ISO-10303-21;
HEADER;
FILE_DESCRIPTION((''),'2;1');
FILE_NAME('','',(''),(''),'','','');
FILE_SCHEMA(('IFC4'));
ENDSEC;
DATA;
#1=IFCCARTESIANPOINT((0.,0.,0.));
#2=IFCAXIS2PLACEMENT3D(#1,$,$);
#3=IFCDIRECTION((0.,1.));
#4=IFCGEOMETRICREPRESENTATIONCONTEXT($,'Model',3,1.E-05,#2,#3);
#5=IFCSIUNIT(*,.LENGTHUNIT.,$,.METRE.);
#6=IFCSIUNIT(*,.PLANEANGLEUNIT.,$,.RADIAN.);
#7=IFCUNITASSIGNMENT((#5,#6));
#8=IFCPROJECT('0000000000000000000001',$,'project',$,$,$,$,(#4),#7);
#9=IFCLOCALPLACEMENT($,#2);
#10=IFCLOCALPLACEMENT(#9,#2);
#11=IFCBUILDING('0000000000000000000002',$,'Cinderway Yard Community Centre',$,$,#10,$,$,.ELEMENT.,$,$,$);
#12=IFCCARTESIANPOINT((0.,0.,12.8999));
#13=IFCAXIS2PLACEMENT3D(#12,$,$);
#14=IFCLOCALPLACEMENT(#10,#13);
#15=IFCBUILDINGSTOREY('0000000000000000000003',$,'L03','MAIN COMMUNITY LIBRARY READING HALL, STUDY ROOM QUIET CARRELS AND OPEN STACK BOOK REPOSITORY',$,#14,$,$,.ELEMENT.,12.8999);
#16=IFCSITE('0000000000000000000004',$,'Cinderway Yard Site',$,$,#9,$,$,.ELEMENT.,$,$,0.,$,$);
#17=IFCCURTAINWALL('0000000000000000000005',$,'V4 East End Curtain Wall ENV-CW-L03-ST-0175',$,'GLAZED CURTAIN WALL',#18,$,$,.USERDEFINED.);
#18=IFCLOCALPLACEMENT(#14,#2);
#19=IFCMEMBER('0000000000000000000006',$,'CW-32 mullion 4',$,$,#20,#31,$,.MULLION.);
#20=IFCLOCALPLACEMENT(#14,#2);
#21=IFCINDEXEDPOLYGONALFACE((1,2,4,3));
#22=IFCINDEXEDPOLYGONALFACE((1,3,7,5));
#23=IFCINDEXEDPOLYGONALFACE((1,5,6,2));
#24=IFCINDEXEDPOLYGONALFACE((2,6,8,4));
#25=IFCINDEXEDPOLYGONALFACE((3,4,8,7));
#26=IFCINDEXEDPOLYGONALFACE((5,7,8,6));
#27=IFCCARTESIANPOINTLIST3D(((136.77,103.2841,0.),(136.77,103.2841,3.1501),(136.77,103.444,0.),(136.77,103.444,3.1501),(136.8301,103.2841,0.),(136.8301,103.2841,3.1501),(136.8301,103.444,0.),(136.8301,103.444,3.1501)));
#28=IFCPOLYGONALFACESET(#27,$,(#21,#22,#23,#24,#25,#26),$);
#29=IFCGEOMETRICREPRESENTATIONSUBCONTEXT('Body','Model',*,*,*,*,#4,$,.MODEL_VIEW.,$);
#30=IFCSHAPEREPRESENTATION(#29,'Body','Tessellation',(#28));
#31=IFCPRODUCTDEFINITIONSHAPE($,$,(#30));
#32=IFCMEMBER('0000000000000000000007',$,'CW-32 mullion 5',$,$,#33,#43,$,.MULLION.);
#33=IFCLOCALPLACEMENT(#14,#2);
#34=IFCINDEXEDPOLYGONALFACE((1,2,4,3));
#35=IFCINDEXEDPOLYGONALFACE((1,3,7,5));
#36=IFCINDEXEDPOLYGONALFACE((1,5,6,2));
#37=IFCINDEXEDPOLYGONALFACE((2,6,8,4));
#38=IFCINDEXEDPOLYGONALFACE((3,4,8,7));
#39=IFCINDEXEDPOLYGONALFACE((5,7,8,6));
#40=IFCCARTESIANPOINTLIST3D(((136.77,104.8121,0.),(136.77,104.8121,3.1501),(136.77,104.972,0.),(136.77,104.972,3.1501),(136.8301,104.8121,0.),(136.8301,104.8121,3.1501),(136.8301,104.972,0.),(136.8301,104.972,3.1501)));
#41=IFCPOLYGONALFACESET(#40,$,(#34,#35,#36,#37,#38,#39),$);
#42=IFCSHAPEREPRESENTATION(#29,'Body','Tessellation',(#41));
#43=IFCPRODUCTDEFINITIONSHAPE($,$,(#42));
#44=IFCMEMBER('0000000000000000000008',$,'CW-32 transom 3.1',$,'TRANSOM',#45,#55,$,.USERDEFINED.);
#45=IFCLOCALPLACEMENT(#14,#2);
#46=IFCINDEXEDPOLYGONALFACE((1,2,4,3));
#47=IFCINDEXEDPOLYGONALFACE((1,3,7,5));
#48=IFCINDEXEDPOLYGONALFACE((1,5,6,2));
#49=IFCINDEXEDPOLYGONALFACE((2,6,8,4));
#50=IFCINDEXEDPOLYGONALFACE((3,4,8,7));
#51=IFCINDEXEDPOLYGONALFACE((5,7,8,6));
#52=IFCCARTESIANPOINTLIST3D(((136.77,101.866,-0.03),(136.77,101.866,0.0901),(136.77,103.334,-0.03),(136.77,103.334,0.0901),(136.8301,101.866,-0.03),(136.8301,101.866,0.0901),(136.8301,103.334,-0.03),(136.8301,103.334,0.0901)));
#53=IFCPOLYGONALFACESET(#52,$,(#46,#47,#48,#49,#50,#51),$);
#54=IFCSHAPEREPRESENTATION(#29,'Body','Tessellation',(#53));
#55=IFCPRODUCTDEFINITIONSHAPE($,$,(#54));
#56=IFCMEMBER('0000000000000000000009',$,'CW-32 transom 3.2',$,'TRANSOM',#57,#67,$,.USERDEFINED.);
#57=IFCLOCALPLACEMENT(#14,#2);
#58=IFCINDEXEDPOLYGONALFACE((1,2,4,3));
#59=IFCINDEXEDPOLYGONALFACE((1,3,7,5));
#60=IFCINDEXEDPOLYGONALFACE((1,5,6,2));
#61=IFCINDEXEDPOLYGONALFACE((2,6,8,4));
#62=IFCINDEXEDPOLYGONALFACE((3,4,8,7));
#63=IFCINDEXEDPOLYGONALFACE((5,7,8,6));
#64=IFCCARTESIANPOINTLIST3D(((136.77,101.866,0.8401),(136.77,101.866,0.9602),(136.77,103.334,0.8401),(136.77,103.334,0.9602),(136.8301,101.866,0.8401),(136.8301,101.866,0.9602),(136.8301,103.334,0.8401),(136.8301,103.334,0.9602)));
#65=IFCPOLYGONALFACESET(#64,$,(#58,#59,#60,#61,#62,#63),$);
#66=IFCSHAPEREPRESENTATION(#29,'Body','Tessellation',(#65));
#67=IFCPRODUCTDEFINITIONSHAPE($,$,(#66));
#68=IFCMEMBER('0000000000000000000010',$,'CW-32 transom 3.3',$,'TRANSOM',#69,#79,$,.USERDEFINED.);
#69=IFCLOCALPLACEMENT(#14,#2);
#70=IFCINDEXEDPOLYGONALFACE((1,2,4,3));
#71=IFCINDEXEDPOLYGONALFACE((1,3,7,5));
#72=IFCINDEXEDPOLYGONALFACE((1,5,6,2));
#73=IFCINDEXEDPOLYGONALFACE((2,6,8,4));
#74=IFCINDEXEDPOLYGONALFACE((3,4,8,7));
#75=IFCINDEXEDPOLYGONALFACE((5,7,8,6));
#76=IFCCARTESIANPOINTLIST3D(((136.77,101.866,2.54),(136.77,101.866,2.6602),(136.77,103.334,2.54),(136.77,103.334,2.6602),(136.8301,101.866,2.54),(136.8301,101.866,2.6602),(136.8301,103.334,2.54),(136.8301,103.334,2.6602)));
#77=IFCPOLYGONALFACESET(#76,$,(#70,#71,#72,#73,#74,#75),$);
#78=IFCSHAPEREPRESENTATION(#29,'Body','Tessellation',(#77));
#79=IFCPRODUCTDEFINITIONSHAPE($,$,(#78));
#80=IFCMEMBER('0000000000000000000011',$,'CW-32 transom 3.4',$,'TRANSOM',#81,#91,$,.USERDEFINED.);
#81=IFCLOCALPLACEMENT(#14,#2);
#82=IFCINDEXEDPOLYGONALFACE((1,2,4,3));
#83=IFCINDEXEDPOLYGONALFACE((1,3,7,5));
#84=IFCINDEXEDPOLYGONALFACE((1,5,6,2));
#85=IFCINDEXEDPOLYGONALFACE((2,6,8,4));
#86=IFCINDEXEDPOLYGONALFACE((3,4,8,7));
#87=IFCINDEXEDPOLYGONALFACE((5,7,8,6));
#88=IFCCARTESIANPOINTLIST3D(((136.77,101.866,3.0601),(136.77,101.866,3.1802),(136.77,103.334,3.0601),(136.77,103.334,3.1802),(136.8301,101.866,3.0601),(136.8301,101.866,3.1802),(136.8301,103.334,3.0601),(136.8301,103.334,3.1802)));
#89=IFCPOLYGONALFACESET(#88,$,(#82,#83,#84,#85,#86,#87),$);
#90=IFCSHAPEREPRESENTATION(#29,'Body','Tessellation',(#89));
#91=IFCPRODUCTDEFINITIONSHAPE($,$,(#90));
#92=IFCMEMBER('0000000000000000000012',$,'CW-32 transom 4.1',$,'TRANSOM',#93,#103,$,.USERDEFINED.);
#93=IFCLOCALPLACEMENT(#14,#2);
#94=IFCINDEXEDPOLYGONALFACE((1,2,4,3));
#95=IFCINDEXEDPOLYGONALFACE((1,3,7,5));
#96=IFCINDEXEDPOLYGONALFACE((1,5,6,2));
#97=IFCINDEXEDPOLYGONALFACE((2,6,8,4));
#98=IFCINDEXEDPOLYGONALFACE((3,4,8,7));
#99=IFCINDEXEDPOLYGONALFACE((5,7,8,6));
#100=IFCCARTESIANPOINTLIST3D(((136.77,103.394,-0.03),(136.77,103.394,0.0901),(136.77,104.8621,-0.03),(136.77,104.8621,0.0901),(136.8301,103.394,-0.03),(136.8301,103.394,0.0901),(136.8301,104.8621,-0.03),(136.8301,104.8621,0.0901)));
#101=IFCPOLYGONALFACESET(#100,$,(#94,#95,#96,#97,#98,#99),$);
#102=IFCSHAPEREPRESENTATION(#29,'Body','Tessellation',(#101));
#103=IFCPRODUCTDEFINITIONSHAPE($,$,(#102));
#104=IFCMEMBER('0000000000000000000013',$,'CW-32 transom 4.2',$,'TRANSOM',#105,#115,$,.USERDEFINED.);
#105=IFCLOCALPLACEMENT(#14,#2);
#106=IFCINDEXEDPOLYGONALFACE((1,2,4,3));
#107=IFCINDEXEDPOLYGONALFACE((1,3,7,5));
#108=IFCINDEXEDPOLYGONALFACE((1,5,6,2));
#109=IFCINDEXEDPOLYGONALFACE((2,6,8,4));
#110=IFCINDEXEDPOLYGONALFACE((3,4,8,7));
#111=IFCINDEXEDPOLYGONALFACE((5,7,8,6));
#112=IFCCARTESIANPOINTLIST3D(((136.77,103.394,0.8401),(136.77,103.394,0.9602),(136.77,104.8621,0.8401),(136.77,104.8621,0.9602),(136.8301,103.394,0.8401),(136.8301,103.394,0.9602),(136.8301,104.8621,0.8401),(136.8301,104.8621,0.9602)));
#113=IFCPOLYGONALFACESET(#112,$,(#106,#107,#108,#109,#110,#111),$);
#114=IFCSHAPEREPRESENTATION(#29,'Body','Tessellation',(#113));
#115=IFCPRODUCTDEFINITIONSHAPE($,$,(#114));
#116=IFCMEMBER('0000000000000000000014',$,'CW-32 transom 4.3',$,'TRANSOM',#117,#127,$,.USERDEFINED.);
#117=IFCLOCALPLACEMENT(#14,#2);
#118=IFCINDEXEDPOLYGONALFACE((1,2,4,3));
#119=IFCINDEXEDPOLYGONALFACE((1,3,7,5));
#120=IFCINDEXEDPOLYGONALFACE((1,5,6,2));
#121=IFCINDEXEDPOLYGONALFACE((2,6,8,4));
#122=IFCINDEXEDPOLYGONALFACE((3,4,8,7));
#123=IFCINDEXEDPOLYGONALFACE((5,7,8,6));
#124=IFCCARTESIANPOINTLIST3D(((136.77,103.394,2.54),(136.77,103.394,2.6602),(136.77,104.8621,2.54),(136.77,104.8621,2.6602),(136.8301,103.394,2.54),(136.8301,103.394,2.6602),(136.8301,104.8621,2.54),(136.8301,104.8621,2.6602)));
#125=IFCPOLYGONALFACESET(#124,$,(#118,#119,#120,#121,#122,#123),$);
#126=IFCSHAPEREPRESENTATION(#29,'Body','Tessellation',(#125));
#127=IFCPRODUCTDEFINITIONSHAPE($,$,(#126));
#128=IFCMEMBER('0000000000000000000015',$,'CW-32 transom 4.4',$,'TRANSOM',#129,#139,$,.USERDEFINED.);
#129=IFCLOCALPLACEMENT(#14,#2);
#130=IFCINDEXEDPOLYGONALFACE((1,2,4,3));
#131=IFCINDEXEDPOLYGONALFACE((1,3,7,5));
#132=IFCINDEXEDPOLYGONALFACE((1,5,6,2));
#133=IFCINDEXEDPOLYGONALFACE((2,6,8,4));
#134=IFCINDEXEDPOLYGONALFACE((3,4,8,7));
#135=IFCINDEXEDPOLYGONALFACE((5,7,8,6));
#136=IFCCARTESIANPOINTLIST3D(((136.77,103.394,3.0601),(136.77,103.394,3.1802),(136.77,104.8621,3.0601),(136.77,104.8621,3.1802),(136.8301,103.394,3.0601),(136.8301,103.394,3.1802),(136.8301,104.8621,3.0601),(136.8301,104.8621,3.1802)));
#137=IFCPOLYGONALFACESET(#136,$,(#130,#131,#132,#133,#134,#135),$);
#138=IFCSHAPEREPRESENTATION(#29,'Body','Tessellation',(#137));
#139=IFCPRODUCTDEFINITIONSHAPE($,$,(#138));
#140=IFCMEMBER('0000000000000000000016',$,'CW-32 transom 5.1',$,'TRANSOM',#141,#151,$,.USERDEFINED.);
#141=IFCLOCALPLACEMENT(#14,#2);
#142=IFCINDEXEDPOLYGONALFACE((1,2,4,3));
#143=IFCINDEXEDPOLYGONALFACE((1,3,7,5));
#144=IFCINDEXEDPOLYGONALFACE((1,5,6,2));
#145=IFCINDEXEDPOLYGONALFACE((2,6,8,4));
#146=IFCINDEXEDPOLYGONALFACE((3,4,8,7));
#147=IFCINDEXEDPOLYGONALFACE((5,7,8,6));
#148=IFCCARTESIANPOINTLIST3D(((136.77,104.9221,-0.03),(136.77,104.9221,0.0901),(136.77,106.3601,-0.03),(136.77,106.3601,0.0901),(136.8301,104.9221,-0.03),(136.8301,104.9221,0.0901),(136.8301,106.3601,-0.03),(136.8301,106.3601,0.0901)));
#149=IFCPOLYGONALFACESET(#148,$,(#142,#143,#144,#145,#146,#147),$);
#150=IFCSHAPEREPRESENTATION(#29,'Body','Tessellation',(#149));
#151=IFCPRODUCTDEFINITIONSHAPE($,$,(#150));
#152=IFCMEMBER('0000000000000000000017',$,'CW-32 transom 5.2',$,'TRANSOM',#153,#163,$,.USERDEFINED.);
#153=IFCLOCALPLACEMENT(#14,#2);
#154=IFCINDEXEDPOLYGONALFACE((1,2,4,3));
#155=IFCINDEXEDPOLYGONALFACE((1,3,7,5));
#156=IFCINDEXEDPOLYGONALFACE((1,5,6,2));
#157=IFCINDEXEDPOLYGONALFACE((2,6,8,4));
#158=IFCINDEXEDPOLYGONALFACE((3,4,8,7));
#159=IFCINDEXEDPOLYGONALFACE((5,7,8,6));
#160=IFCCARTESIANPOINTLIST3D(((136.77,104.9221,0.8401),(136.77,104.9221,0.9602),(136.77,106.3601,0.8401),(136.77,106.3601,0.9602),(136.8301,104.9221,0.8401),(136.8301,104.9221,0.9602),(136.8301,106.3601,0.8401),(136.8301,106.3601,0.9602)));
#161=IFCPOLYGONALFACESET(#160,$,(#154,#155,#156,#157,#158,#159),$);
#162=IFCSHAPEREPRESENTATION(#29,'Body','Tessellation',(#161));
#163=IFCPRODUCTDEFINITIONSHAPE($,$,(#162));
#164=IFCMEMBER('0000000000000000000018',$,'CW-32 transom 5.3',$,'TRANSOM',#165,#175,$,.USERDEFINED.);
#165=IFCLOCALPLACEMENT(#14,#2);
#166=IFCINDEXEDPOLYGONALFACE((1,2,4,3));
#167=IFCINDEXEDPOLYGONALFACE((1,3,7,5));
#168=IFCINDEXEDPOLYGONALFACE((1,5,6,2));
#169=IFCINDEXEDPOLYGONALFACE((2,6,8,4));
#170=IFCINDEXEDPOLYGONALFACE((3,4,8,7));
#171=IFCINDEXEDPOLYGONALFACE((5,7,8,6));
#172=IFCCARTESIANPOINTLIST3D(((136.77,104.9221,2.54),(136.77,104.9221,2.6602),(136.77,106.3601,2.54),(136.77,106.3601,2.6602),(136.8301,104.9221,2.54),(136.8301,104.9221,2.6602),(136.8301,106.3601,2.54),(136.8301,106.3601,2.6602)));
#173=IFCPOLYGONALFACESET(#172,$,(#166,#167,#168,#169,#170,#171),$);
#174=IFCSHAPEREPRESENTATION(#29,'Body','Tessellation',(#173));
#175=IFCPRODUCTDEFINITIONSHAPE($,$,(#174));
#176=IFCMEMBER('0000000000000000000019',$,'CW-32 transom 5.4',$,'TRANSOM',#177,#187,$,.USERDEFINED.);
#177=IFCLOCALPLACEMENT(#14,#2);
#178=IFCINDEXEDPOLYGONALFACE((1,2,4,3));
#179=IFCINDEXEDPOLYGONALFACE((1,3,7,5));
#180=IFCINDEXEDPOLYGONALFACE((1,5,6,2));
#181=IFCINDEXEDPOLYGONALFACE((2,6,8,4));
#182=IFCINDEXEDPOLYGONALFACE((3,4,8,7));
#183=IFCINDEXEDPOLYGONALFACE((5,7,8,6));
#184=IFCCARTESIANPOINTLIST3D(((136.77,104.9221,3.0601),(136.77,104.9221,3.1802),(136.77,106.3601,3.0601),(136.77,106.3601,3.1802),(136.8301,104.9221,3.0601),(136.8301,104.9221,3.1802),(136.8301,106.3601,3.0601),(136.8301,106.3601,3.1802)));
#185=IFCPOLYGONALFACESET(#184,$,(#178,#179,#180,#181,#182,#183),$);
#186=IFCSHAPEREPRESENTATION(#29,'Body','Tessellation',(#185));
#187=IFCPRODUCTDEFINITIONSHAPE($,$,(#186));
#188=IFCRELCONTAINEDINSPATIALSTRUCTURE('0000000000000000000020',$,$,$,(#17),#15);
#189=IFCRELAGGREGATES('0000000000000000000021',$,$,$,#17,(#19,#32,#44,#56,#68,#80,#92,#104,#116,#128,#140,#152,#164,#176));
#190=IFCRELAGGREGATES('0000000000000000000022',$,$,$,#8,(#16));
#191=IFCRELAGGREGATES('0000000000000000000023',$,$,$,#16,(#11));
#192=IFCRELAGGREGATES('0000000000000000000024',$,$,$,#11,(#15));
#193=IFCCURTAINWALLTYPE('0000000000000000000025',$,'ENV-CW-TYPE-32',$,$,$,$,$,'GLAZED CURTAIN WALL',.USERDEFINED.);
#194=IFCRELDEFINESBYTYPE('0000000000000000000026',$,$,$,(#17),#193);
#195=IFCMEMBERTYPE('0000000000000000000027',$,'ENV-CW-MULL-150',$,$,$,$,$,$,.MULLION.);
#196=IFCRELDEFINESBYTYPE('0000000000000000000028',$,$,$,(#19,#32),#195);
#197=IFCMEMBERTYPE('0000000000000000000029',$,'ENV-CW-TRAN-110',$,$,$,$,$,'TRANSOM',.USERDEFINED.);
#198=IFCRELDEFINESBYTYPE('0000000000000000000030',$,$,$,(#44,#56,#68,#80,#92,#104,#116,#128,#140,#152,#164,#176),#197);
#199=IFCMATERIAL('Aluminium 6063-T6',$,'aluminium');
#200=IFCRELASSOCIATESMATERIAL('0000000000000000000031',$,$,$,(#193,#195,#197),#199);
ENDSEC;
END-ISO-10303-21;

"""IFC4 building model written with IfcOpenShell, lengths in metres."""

from ifc_helpers import new_model, si_unit, direction, frame, origin, origin_2d, place, context, subcontext, project, spatial, rectangle, extrude, material, material_profile, profile_set, type_object, element, aggregate, save


model = new_model("IFC4")

# Units and contexts
model_context = context("Model", 3, precision=1e-05, world=origin(), true_north=direction((0.0, 1.0)))
body_context = subcontext(model_context, "Body", "Model", "MODEL_VIEW")
ifc_project = project(units=[si_unit("LENGTHUNIT", "METRE"), si_unit("PLANEANGLEUNIT", "RADIAN")], contexts=[model_context])

# Site, building, storey
site_placement = place(None, origin())
site = spatial("IfcSite", under=ifc_project, at=site_placement, Name="Cinderway Yard Site", CompositionType="ELEMENT", RefElevation=0.0)
building_placement = place(site_placement, origin())
building = spatial("IfcBuilding", under=site, at=building_placement, Name="Cinderway Yard Community Centre", CompositionType="ELEMENT")
storey_placement = place(building_placement, frame((0.0, 0.0, 12.8999)))
storey = spatial("IfcBuildingStorey", under=building, at=storey_placement, Name="L03", Description="MAIN COMMUNITY LIBRARY READING HALL, STUDY ROOM QUIET CARRELS AND OPEN STACK BOOK REPOSITORY", CompositionType="ELEMENT", Elevation=12.8999)

# Curtain wall, members
ifc_material_1 = material(Name="Aluminium 6063-T6", Category="aluminium")
curtain_wall_type = type_object("IfcCurtainWallType", Name="ENV-CW-TYPE-32", ElementType="GLAZED CURTAIN WALL", PredefinedType="USERDEFINED", material=ifc_material_1)
curtain_wall_placement = place(storey_placement, origin())
curtain_wall = element("IfcCurtainWall", 1, at=curtain_wall_placement, inside=storey, type_object=curtain_wall_type, Name="V4 East End Curtain Wall ENV-CW-L03-ST-0175", ObjectType="GLAZED CURTAIN WALL", PredefinedType="USERDEFINED")
ifc_material_profile_1 = material_profile(ifc_material_1, rectangle(XDim=0.0601, YDim=0.1599, at=origin_2d()), Name="Aluminium 6063-T6")
ifc_profile_set_1 = profile_set([ifc_material_profile_1], Name="Aluminium 6063-T6")
member_type_1 = type_object("IfcMemberType", Name="ENV-CW-MULL-150", PredefinedType="MULLION", material=ifc_profile_set_1)
member_1_placement = place(storey_placement, frame((136.8, 103.364, 0.0), z_axis=(0.0, 0.0, 1.0), x_axis=(-1.0, 0.0, 0.0)))
member_1 = element("IfcMember", 2, at=member_1_placement, type_object=member_type_1, Name="CW-32 mullion 4", PredefinedType="MULLION", context=body_context, shape_type="SweptSolid", body=[
    extrude(rectangle(XDim=0.0601, YDim=0.1599, at=origin_2d()), origin(), (0.0, 0.0, 1.0), 3.1501),
])
member_2_placement = place(storey_placement, frame((136.8, 104.8921, 0.0), z_axis=(0.0, 0.0, 1.0), x_axis=(-1.0, 0.0, 0.0)))
member_2 = element("IfcMember", 3, at=member_2_placement, type_object=member_type_1, Name="CW-32 mullion 5", PredefinedType="MULLION", context=body_context, shape_type="SweptSolid", body=[
    extrude(rectangle(XDim=0.0601, YDim=0.1599, at=origin_2d()), origin(), (0.0, 0.0, 1.0), 3.1501),
])
ifc_material_profile_2 = material_profile(ifc_material_1, rectangle(XDim=0.0601, YDim=0.1201, at=origin_2d()), Name="Aluminium 6063-T6")
ifc_profile_set_2 = profile_set([ifc_material_profile_2], Name="Aluminium 6063-T6")
member_type_2 = type_object("IfcMemberType", Name="ENV-CW-TRAN-110", ElementType="TRANSOM", PredefinedType="USERDEFINED", material=ifc_profile_set_2)
member_3_placement = place(storey_placement, frame((136.8, 101.866, 0.03), z_axis=(0.0, 1.0, 0.0), x_axis=(-1.0, 0.0, 0.0)))
member_3 = element("IfcMember", 4, at=member_3_placement, type_object=member_type_2, Name="CW-32 transom 3.1", ObjectType="TRANSOM", PredefinedType="USERDEFINED", context=body_context, shape_type="SweptSolid", body=[
    extrude(rectangle(XDim=0.0601, YDim=0.1201, at=origin_2d()), origin(), (0.0, 0.0, 1.0), 1.468),
])
member_4_placement = place(storey_placement, frame((136.8, 101.866, 0.9001), z_axis=(0.0, 1.0, 0.0), x_axis=(-1.0, 0.0, 0.0)))
member_4 = element("IfcMember", 5, at=member_4_placement, type_object=member_type_2, Name="CW-32 transom 3.2", ObjectType="TRANSOM", PredefinedType="USERDEFINED", context=body_context, shape_type="SweptSolid", body=[
    extrude(rectangle(XDim=0.0601, YDim=0.1201, at=origin_2d()), origin(), (0.0, 0.0, 1.0), 1.468),
])
member_5_placement = place(storey_placement, frame((136.8, 101.866, 2.6001), z_axis=(0.0, 1.0, 0.0), x_axis=(-1.0, 0.0, 0.0)))
member_5 = element("IfcMember", 6, at=member_5_placement, type_object=member_type_2, Name="CW-32 transom 3.3", ObjectType="TRANSOM", PredefinedType="USERDEFINED", context=body_context, shape_type="SweptSolid", body=[
    extrude(rectangle(XDim=0.0601, YDim=0.1201, at=origin_2d()), origin(), (0.0, 0.0, 1.0), 1.468),
])
member_6_placement = place(storey_placement, frame((136.8, 101.866, 3.1201), z_axis=(0.0, 1.0, 0.0), x_axis=(-1.0, 0.0, 0.0)))
member_6 = element("IfcMember", 7, at=member_6_placement, type_object=member_type_2, Name="CW-32 transom 3.4", ObjectType="TRANSOM", PredefinedType="USERDEFINED", context=body_context, shape_type="SweptSolid", body=[
    extrude(rectangle(XDim=0.0601, YDim=0.1201, at=origin_2d()), origin(), (0.0, 0.0, 1.0), 1.468),
])
member_7_placement = place(storey_placement, frame((136.8, 103.394, 0.03), z_axis=(0.0, 1.0, 0.0), x_axis=(-1.0, 0.0, 0.0)))
member_7 = element("IfcMember", 8, at=member_7_placement, type_object=member_type_2, Name="CW-32 transom 4.1", ObjectType="TRANSOM", PredefinedType="USERDEFINED", context=body_context, shape_type="SweptSolid", body=[
    extrude(rectangle(XDim=0.0601, YDim=0.1201, at=origin_2d()), origin(), (0.0, 0.0, 1.0), 1.468),
])
member_8_placement = place(storey_placement, frame((136.8, 103.394, 0.9001), z_axis=(0.0, 1.0, 0.0), x_axis=(-1.0, 0.0, 0.0)))
member_8 = element("IfcMember", 9, at=member_8_placement, type_object=member_type_2, Name="CW-32 transom 4.2", ObjectType="TRANSOM", PredefinedType="USERDEFINED", context=body_context, shape_type="SweptSolid", body=[
    extrude(rectangle(XDim=0.0601, YDim=0.1201, at=origin_2d()), origin(), (0.0, 0.0, 1.0), 1.468),
])
member_9_placement = place(storey_placement, frame((136.8, 103.394, 2.6001), z_axis=(0.0, 1.0, 0.0), x_axis=(-1.0, 0.0, 0.0)))
member_9 = element("IfcMember", 10, at=member_9_placement, type_object=member_type_2, Name="CW-32 transom 4.3", ObjectType="TRANSOM", PredefinedType="USERDEFINED", context=body_context, shape_type="SweptSolid", body=[
    extrude(rectangle(XDim=0.0601, YDim=0.1201, at=origin_2d()), origin(), (0.0, 0.0, 1.0), 1.468),
])
member_10_placement = place(storey_placement, frame((136.8, 103.394, 3.1201), z_axis=(0.0, 1.0, 0.0), x_axis=(-1.0, 0.0, 0.0)))
member_10 = element("IfcMember", 11, at=member_10_placement, type_object=member_type_2, Name="CW-32 transom 4.4", ObjectType="TRANSOM", PredefinedType="USERDEFINED", context=body_context, shape_type="SweptSolid", body=[
    extrude(rectangle(XDim=0.0601, YDim=0.1201, at=origin_2d()), origin(), (0.0, 0.0, 1.0), 1.468),
])
member_11_placement = place(storey_placement, frame((136.8, 104.9221, 0.03), z_axis=(0.0, 1.0, 0.0), x_axis=(-1.0, 0.0, 0.0)))
member_11 = element("IfcMember", 12, at=member_11_placement, type_object=member_type_2, Name="CW-32 transom 5.1", ObjectType="TRANSOM", PredefinedType="USERDEFINED", context=body_context, shape_type="SweptSolid", body=[
    extrude(rectangle(XDim=0.0601, YDim=0.1201, at=origin_2d()), origin(), (0.0, 0.0, 1.0), 1.438),
])
member_12_placement = place(storey_placement, frame((136.8, 104.9221, 0.9001), z_axis=(0.0, 1.0, 0.0), x_axis=(-1.0, 0.0, 0.0)))
member_12 = element("IfcMember", 13, at=member_12_placement, type_object=member_type_2, Name="CW-32 transom 5.2", ObjectType="TRANSOM", PredefinedType="USERDEFINED", context=body_context, shape_type="SweptSolid", body=[
    extrude(rectangle(XDim=0.0601, YDim=0.1201, at=origin_2d()), origin(), (0.0, 0.0, 1.0), 1.438),
])
member_13_placement = place(storey_placement, frame((136.8, 104.9221, 2.6001), z_axis=(0.0, 1.0, 0.0), x_axis=(-1.0, 0.0, 0.0)))
member_13 = element("IfcMember", 14, at=member_13_placement, type_object=member_type_2, Name="CW-32 transom 5.3", ObjectType="TRANSOM", PredefinedType="USERDEFINED", context=body_context, shape_type="SweptSolid", body=[
    extrude(rectangle(XDim=0.0601, YDim=0.1201, at=origin_2d()), origin(), (0.0, 0.0, 1.0), 1.438),
])
member_14_placement = place(storey_placement, frame((136.8, 104.9221, 3.1201), z_axis=(0.0, 1.0, 0.0), x_axis=(-1.0, 0.0, 0.0)))
member_14 = element("IfcMember", 15, at=member_14_placement, type_object=member_type_2, Name="CW-32 transom 5.4", ObjectType="TRANSOM", PredefinedType="USERDEFINED", context=body_context, shape_type="SweptSolid", body=[
    extrude(rectangle(XDim=0.0601, YDim=0.1201, at=origin_2d()), origin(), (0.0, 0.0, 1.0), 1.438),
])
aggregate(curtain_wall, [member_1, member_2, member_3, member_4, member_5, member_6, member_7, member_8, member_9, member_10, member_11, member_12, member_13, member_14])

save(model, "model.ifc")
